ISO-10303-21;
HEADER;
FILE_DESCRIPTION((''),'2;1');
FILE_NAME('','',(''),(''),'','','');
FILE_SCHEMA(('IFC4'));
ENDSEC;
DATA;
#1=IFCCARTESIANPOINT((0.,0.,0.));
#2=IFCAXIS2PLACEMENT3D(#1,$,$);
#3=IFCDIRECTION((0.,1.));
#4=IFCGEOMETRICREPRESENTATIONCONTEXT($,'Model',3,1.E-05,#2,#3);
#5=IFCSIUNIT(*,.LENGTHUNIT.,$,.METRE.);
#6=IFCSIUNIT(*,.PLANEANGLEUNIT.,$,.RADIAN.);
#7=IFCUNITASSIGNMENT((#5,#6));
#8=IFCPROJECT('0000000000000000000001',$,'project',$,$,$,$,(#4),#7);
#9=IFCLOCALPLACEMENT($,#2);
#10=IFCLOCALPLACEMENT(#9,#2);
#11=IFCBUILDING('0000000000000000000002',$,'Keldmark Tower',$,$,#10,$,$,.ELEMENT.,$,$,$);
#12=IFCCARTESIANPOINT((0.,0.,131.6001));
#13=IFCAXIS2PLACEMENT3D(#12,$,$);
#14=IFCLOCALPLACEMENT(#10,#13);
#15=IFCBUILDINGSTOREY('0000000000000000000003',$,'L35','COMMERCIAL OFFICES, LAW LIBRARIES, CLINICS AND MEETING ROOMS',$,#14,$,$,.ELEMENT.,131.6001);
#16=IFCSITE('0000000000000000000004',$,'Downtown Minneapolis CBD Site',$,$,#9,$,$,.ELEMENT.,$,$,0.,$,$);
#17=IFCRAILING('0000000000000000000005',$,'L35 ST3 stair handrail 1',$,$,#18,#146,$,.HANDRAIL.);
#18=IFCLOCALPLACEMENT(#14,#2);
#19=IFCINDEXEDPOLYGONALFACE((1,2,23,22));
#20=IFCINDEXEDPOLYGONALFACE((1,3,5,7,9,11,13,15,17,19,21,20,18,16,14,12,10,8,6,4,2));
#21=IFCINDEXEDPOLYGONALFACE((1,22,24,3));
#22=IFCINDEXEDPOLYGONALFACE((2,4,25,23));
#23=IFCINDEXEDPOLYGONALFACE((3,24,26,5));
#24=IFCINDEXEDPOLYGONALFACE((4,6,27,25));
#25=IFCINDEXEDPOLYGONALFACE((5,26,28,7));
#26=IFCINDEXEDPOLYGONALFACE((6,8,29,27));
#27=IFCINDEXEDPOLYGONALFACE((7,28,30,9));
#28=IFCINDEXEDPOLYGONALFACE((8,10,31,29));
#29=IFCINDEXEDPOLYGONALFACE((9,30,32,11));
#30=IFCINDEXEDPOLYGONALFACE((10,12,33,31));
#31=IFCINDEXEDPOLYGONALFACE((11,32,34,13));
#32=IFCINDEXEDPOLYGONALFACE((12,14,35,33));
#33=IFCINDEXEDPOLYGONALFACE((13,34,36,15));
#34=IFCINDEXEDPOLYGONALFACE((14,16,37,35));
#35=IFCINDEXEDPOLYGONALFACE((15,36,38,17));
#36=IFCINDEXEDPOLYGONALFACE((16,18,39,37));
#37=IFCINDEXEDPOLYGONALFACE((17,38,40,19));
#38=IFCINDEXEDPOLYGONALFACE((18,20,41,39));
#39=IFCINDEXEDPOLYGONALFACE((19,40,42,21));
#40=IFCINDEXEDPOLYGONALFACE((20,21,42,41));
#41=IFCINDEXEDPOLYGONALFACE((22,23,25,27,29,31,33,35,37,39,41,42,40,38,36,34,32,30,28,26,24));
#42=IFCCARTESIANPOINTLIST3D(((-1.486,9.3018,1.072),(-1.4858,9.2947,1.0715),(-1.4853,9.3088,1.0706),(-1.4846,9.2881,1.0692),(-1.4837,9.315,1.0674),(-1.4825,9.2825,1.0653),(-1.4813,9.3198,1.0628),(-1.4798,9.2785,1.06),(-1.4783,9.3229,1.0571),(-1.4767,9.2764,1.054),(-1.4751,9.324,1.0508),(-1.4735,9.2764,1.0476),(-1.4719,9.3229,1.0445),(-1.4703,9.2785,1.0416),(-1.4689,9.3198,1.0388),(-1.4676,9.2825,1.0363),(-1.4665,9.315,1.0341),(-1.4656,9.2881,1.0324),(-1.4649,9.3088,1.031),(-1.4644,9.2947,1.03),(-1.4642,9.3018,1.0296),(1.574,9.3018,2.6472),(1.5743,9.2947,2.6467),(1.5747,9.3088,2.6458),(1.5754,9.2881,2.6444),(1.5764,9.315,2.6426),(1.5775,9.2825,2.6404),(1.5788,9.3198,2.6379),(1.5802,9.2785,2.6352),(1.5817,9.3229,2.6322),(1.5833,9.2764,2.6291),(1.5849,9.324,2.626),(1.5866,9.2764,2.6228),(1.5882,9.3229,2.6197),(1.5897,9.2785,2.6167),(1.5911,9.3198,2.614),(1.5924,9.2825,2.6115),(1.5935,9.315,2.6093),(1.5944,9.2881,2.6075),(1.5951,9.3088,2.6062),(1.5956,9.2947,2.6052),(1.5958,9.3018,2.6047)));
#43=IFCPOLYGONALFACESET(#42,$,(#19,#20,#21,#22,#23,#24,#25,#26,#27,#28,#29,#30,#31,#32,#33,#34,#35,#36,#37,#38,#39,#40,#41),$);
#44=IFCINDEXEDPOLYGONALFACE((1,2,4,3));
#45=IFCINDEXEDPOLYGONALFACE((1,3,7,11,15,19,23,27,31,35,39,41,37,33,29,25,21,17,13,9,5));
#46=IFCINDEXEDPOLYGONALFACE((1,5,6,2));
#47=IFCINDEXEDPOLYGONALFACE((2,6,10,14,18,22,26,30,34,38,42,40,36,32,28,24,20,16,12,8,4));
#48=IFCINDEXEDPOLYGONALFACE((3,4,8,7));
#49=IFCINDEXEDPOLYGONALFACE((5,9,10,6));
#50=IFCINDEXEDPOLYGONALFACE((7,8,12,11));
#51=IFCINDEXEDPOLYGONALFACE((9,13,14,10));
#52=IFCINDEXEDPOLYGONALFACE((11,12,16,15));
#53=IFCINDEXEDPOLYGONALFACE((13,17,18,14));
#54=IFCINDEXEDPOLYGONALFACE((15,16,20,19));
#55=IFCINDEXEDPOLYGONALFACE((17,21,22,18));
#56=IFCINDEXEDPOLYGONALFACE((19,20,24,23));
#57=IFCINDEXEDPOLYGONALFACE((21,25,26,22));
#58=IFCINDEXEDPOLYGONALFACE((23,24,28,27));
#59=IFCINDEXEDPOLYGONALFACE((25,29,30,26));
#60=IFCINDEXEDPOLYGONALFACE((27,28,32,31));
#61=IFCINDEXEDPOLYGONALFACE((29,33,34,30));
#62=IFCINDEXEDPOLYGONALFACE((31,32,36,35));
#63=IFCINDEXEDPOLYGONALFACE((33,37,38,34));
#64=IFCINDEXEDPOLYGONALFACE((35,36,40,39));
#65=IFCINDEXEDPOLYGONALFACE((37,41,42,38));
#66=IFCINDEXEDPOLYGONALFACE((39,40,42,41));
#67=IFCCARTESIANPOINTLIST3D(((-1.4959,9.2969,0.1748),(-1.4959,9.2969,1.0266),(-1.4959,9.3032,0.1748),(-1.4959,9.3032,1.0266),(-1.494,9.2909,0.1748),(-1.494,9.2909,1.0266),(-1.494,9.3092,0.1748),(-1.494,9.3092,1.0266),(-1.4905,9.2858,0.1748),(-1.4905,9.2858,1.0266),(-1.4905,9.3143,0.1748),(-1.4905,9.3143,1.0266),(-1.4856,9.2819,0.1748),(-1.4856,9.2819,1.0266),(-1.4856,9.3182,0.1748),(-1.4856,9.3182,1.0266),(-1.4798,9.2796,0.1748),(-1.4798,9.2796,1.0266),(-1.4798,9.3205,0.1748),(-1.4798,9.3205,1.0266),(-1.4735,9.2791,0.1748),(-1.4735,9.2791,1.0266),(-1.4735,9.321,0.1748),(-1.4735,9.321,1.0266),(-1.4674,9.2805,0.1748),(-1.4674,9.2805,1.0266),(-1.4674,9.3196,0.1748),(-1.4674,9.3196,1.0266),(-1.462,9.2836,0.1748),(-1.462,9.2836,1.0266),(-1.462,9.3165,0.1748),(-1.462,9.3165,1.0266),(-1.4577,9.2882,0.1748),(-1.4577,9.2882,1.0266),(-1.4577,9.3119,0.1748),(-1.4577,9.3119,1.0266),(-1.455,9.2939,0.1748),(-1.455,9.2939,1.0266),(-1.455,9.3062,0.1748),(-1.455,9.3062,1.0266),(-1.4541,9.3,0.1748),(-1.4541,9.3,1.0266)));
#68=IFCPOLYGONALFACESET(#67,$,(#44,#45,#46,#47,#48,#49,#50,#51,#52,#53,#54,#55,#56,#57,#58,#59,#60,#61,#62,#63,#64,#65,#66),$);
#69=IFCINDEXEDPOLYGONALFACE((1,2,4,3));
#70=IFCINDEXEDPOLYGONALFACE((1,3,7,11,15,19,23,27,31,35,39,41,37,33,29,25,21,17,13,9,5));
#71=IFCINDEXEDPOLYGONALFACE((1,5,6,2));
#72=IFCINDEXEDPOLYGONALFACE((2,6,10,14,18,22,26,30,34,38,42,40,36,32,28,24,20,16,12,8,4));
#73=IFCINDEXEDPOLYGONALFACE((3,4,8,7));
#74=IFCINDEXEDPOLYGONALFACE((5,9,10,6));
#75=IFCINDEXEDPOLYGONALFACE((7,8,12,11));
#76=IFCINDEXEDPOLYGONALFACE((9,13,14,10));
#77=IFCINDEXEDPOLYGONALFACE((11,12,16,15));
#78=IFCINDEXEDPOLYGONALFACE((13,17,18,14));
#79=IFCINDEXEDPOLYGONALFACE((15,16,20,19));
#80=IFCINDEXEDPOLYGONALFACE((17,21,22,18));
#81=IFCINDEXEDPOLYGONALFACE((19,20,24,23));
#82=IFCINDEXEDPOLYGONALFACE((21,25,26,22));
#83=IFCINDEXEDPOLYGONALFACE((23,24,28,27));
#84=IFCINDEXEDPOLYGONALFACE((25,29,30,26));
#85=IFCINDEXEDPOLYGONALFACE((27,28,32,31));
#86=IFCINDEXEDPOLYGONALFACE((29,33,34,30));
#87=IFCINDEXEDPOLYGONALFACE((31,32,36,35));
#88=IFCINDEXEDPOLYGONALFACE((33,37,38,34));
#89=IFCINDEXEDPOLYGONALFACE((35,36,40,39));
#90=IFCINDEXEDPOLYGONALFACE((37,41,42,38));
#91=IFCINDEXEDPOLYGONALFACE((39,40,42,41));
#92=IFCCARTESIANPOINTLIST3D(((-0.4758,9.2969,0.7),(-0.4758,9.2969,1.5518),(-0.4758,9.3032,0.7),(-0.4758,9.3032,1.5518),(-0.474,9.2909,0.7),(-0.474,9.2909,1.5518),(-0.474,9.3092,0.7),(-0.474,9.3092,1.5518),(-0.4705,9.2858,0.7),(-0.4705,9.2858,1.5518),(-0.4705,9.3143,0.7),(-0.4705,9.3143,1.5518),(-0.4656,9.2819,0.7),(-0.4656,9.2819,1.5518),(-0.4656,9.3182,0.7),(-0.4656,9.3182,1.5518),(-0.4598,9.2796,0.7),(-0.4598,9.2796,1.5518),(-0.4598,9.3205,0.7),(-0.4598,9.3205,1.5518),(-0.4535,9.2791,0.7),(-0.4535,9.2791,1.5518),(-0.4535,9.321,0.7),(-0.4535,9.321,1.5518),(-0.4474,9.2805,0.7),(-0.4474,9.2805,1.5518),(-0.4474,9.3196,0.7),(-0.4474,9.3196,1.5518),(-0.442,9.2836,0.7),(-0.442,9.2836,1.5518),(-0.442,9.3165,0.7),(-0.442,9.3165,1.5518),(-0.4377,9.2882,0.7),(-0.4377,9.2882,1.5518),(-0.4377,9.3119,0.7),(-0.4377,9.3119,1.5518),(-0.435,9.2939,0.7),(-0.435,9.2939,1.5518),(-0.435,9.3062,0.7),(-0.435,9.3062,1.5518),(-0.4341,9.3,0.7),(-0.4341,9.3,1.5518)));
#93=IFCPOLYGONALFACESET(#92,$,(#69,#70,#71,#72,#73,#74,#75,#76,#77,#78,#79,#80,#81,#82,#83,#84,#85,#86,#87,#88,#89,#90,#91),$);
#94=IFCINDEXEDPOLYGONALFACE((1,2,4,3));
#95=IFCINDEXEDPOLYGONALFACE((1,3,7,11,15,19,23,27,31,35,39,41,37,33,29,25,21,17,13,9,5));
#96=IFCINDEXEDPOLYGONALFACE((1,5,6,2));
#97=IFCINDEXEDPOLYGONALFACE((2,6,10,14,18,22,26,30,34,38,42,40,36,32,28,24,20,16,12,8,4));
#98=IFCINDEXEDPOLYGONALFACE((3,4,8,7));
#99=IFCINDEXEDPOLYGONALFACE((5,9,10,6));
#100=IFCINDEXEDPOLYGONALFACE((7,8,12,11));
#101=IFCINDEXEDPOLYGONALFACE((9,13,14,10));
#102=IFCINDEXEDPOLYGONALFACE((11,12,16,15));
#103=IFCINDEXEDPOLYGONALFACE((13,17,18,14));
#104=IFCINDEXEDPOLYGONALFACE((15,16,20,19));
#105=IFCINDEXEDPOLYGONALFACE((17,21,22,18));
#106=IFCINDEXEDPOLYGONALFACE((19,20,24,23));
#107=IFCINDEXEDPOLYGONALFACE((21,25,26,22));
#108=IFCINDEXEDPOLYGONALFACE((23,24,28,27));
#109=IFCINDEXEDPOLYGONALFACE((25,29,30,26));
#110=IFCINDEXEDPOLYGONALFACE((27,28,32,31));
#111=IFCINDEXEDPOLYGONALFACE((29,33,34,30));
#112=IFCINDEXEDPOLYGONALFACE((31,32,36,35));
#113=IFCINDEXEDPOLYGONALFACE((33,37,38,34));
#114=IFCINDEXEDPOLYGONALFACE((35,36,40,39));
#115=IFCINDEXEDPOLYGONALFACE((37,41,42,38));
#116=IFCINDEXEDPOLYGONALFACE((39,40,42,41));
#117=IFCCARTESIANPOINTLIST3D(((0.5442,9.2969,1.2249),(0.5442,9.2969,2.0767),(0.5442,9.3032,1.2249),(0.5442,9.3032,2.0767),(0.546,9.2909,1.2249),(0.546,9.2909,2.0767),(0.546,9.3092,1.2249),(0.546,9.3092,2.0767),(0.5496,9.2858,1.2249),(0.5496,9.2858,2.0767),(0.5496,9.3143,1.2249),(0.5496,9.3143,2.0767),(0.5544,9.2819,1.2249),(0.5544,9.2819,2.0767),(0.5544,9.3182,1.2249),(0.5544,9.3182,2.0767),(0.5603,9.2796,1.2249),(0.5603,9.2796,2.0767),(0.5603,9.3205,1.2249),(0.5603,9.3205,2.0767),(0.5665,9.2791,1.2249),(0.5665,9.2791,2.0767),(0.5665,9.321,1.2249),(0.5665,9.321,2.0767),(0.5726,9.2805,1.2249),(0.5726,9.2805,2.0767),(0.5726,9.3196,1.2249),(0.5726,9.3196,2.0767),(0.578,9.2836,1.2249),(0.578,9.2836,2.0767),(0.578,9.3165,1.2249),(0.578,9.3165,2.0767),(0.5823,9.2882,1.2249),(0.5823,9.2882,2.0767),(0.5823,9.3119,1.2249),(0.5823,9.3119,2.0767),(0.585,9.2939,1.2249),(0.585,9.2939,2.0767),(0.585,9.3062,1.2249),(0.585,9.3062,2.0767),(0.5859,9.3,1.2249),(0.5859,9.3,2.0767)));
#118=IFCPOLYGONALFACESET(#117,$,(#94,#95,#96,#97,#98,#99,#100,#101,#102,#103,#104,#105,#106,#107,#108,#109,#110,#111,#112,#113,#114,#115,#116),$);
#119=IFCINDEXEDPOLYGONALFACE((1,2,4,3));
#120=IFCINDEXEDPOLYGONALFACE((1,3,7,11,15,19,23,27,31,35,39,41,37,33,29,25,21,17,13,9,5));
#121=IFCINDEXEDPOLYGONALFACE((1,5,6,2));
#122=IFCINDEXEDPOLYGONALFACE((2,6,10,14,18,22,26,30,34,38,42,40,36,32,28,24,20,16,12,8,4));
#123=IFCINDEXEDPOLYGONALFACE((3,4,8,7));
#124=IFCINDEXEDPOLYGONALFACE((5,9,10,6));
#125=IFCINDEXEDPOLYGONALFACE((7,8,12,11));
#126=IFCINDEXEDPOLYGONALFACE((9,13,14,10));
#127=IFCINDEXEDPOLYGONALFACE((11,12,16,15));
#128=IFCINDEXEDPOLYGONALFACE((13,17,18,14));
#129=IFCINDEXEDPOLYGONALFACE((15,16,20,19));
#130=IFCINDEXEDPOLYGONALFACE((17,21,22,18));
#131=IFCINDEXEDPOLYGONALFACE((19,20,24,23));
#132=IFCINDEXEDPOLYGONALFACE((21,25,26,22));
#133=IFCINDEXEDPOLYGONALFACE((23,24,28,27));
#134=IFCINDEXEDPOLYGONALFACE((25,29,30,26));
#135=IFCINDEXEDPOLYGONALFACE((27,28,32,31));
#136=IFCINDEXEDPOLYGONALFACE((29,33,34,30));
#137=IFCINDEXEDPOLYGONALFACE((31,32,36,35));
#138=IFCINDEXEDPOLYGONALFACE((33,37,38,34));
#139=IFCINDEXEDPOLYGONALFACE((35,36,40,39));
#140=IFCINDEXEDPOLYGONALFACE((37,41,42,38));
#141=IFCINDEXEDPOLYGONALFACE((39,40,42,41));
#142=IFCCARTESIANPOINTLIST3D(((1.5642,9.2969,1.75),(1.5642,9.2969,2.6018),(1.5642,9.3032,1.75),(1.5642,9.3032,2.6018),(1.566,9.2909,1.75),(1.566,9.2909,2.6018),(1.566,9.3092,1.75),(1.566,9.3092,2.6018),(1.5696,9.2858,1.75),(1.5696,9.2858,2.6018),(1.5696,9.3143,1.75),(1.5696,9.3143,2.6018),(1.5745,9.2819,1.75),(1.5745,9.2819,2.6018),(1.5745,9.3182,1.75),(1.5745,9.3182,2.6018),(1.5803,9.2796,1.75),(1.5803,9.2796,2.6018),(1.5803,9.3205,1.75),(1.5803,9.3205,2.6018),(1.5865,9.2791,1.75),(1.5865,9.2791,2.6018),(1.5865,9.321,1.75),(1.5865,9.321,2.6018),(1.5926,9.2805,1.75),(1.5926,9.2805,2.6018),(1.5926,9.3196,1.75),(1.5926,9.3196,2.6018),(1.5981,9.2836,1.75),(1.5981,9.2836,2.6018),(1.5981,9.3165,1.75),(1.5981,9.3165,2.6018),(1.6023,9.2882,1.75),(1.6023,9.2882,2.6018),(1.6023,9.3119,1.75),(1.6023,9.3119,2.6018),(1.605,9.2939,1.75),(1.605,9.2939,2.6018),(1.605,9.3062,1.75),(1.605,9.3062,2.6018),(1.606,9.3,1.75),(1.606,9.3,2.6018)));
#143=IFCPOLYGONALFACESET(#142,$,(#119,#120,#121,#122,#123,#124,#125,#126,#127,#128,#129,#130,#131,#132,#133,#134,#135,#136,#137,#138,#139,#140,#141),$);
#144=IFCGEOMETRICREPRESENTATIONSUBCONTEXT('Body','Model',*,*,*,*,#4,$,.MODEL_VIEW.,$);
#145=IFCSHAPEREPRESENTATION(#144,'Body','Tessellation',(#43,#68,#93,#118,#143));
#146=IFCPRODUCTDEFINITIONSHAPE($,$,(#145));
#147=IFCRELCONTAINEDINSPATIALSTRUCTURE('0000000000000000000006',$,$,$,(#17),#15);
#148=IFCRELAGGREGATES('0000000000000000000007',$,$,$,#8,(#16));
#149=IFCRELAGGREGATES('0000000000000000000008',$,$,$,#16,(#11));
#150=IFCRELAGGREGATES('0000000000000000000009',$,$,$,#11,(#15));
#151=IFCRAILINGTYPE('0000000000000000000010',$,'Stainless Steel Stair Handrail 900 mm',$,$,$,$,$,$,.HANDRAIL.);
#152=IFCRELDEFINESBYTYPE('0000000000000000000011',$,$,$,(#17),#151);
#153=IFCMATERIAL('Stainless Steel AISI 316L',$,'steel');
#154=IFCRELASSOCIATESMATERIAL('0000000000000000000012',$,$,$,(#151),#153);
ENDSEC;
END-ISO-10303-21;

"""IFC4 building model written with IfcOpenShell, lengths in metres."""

from ifc_helpers import new_model, si_unit, direction, frame, origin, origin_2d, place, context, subcontext, project, spatial, circle, extrude, material, type_object, element, save


model = new_model("IFC4")

# Units and contexts
model_context = context("Model", 3, precision=1e-05, world=origin(), true_north=direction((0.0, 1.0)))
body_context = subcontext(model_context, "Body", "Model", "MODEL_VIEW")
ifc_project = project(units=[si_unit("LENGTHUNIT", "METRE"), si_unit("PLANEANGLEUNIT", "RADIAN")], contexts=[model_context])

# Site, building, storey
site_placement = place(None, origin())
site = spatial("IfcSite", under=ifc_project, at=site_placement, Name="Downtown Minneapolis CBD Site", CompositionType="ELEMENT", RefElevation=0.0)
building_placement = place(site_placement, origin())
building = spatial("IfcBuilding", under=site, at=building_placement, Name="Keldmark Tower", CompositionType="ELEMENT")
storey_placement = place(building_placement, frame((0.0, 0.0, 131.6001)))
storey = spatial("IfcBuildingStorey", under=building, at=storey_placement, Name="L35", Description="COMMERCIAL OFFICES, LAW LIBRARIES, CLINICS AND MEETING ROOMS", CompositionType="ELEMENT", Elevation=131.6001)

# Railing
ifc_material_1 = material(Name="Stainless Steel AISI 316L", Category="steel")
railing_type_1 = type_object("IfcRailingType", Name="Stainless Steel Stair Handrail 900 mm", PredefinedType="HANDRAIL", material=ifc_material_1)
railing_1_placement = place(storey_placement, frame((-1.4751, 9.3, 0.1748)))
element("IfcRailing", 1, at=railing_1_placement, inside=storey, type_object=railing_type_1, Name="L35 ST3 stair handrail 1", PredefinedType="HANDRAIL", context=body_context, shape_type="SweptSolid", body=[
    extrude(circle(Radius=0.0239, at=origin_2d()), frame((0.0, 0.0, 0.876), z_axis=(0.889116, 0.0, 0.457681), x_axis=(0.0, 1.0, 0.0)), (0.0, 0.0, 1.0), 3.4417),
    extrude(circle(Radius=0.021, at=origin_2d()), origin(), (0.0, 0.0, 1.0), 0.8518),
    extrude(circle(Radius=0.021, at=origin_2d()), frame((1.02, 0.0, 0.5251)), (0.0, 0.0, 1.0), 0.8518),
    extrude(circle(Radius=0.021, at=origin_2d()), frame((2.04, 0.0, 1.05)), (0.0, 0.0, 1.0), 0.8518),
    extrude(circle(Radius=0.021, at=origin_2d()), frame((3.0601, 0.0, 1.5752)), (0.0, 0.0, 1.0), 0.8518),
])

save(model, "model.ifc")
